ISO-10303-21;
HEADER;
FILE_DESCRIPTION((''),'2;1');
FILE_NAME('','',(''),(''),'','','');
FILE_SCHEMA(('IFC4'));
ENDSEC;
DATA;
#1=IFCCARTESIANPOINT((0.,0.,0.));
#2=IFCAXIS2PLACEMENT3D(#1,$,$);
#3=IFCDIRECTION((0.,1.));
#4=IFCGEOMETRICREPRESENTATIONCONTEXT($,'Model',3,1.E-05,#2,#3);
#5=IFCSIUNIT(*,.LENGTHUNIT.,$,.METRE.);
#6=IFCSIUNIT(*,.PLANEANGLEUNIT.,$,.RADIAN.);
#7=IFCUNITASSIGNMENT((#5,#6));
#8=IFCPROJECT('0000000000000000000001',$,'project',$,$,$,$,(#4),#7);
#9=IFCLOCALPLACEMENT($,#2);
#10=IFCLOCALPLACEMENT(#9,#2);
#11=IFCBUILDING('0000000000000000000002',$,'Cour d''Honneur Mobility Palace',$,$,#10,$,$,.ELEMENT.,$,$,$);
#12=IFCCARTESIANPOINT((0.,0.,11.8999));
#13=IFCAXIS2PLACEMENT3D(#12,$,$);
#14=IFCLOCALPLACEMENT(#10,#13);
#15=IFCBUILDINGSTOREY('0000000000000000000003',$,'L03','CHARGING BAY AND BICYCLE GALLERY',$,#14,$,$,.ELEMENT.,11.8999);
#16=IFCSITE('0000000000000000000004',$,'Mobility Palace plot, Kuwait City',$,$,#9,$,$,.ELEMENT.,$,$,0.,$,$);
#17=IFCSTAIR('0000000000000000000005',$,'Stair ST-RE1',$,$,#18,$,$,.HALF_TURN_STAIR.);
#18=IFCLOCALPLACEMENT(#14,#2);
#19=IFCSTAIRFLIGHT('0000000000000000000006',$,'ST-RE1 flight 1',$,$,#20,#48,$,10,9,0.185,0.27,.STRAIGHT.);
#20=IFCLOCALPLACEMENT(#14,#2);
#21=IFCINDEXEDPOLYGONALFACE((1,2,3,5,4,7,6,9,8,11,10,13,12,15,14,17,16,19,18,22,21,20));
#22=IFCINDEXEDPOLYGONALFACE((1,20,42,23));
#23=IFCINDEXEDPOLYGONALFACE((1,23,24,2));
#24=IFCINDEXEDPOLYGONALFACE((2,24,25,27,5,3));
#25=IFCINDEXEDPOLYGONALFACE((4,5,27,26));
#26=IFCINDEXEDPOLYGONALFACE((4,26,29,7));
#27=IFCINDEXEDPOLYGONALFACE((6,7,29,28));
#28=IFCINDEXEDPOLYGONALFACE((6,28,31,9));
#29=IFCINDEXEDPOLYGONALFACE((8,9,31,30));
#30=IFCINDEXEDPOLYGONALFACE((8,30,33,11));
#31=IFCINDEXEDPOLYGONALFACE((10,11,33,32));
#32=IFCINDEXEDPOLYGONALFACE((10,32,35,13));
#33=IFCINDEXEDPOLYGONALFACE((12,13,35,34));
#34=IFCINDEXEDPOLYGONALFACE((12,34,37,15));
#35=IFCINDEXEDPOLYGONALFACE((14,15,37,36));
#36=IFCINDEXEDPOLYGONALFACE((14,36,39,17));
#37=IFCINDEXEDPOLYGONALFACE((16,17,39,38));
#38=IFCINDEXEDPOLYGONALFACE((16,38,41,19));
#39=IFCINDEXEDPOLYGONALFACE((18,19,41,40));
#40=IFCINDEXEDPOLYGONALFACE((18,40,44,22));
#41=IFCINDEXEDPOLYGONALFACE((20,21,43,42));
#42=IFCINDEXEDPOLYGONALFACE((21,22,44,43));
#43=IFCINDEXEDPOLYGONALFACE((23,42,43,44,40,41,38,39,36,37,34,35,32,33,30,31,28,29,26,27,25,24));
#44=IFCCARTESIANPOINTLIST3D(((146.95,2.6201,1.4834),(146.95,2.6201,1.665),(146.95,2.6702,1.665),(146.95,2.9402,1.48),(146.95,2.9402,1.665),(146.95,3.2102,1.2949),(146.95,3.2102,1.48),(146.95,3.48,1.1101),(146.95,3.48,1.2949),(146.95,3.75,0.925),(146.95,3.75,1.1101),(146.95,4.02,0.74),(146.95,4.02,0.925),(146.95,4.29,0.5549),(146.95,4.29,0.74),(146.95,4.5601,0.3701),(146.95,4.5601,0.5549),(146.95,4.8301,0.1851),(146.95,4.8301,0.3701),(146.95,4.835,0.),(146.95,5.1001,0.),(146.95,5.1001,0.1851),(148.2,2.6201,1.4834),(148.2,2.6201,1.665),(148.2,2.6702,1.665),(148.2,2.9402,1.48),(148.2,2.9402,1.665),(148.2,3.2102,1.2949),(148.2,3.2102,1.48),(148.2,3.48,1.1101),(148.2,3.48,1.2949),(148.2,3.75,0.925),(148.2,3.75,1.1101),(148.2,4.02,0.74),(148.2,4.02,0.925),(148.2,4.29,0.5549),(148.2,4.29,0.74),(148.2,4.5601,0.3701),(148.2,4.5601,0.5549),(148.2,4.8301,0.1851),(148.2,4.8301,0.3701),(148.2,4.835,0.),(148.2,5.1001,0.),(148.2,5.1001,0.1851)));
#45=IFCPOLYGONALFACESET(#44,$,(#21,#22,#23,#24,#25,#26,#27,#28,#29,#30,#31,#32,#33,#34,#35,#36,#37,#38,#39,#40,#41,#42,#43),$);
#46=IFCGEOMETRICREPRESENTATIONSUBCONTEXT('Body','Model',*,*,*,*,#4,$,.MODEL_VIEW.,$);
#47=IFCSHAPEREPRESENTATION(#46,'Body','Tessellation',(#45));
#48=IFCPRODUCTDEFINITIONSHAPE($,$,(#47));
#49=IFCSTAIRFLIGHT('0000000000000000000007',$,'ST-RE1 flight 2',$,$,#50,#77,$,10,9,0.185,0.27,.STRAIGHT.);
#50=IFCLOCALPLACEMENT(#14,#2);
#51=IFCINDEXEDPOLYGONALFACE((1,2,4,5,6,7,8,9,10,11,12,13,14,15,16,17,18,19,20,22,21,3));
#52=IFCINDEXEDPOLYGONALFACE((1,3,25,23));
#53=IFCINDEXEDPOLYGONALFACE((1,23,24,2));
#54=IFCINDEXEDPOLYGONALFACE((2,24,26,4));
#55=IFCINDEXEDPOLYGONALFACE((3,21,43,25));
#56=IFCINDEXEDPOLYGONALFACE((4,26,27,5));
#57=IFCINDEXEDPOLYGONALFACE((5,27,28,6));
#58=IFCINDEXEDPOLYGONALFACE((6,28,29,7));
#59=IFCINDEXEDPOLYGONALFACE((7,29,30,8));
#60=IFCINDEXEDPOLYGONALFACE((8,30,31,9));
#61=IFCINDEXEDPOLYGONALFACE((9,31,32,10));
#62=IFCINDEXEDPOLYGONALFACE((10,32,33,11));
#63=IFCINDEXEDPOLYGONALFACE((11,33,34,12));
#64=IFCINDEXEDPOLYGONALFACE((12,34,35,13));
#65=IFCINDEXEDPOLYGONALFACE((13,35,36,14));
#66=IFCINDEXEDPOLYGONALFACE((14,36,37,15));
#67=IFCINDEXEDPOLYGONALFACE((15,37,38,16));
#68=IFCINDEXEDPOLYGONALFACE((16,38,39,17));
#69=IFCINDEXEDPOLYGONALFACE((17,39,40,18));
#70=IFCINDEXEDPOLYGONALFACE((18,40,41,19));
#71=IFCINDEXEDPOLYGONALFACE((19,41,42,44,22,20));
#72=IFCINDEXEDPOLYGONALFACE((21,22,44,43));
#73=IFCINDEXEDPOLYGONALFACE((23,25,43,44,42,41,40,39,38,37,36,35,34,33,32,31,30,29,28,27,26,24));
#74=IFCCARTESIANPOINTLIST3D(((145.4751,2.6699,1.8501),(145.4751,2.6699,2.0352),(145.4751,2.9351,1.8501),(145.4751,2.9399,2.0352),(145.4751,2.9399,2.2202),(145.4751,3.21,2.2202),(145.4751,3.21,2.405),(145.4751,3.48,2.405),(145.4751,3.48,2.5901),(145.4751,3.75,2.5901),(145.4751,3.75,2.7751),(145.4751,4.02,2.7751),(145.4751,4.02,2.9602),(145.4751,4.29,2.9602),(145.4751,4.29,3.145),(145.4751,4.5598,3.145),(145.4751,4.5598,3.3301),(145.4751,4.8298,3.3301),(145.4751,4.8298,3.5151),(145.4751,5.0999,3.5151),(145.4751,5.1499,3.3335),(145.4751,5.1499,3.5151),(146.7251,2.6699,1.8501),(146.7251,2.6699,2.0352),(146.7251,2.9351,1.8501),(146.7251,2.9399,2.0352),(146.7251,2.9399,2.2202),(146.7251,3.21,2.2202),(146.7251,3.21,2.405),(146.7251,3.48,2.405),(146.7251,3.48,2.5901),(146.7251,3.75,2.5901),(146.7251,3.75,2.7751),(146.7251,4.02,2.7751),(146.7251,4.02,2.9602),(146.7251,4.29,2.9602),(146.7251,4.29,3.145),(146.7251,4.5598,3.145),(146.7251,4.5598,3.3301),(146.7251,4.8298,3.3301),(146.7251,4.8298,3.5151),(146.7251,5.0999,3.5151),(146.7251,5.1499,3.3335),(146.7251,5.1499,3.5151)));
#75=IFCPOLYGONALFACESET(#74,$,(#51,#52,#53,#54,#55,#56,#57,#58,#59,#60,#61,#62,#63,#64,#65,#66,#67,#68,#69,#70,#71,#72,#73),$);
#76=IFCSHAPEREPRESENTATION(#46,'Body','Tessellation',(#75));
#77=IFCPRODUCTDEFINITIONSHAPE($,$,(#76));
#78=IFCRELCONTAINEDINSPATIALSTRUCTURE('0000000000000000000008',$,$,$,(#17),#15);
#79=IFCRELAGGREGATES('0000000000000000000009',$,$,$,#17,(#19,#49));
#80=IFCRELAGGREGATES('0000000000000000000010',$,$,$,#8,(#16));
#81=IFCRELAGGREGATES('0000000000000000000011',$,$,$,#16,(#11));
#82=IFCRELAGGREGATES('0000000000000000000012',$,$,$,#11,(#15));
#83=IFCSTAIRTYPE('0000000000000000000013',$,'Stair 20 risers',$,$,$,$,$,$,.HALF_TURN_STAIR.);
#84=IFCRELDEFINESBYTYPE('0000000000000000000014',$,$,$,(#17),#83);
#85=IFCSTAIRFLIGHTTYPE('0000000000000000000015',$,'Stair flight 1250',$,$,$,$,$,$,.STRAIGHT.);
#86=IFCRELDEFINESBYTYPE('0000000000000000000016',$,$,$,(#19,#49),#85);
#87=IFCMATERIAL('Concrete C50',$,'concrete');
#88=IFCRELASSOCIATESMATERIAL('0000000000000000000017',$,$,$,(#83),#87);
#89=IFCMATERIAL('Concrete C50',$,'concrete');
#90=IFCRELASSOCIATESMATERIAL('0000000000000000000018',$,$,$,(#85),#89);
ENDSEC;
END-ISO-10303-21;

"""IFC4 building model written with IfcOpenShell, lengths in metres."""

from ifc_helpers import new_model, si_unit, direction, frame, origin, place, context, subcontext, project, spatial, polyline, outline, extrude, material, type_object, element, aggregate, save


model = new_model("IFC4")

# Units and contexts
model_context = context("Model", 3, precision=1e-05, world=origin(), true_north=direction((0.0, 1.0)))
body_context = subcontext(model_context, "Body", "Model", "MODEL_VIEW")
ifc_project = project(units=[si_unit("LENGTHUNIT", "METRE"), si_unit("PLANEANGLEUNIT", "RADIAN")], contexts=[model_context])

# Site, building, storey
site_placement = place(None, origin())
site = spatial("IfcSite", under=ifc_project, at=site_placement, Name="Mobility Palace plot, Kuwait City", CompositionType="ELEMENT", RefElevation=0.0)
building_placement = place(site_placement, origin())
building = spatial("IfcBuilding", under=site, at=building_placement, Name="Cour d'Honneur Mobility Palace", CompositionType="ELEMENT")
storey_placement = place(building_placement, frame((0.0, 0.0, 11.8999)))
storey = spatial("IfcBuildingStorey", under=building, at=storey_placement, Name="L03", Description="CHARGING BAY AND BICYCLE GALLERY", CompositionType="ELEMENT", Elevation=11.8999)

# Stair, stair flights
ifc_material_1 = material(Name="Concrete C50", Category="concrete")
stair_type = type_object("IfcStairType", Name="Stair 20 risers", PredefinedType="HALF_TURN_STAIR", material=ifc_material_1)
stair_placement = place(storey_placement, origin())
stair = element("IfcStair", 1, at=stair_placement, inside=storey, type_object=stair_type, Name="Stair ST-RE1", PredefinedType="HALF_TURN_STAIR")
ifc_material_2 = material(Name="Concrete C50", Category="concrete")
stair_flight_type = type_object("IfcStairFlightType", Name="Stair flight 1250", PredefinedType="STRAIGHT", material=ifc_material_2)
stair_flight_1_placement = place(storey_placement, frame((147.575, 5.1001, 0.0), z_axis=(0.0, 0.0, 1.0), x_axis=(0.0, -1.0, 0.0)))
stair_flight_1 = element("IfcStairFlight", 2, at=stair_flight_1_placement, type_object=stair_flight_type, Name="ST-RE1 flight 1", NumberOfRisers=10, NumberOfTreads=9, PredefinedType="STRAIGHT", RiserHeight=0.185, TreadLength=0.27, context=body_context, shape_type="SweptSolid", body=[
    extrude(outline(polyline([(0.0, 0.0), (0.0, 0.1851), (0.27, 0.1851), (0.27, 0.3701), (0.54, 0.3701), (0.54, 0.5549), (0.8101, 0.5549), (0.8101, 0.74), (1.0801, 0.74), (1.0801, 0.925), (1.3501, 0.925), (1.3501, 1.1101), (1.6201, 1.1101), (1.6201, 1.2949), (1.8899, 1.2949), (1.8899, 1.48), (2.1599, 1.48), (2.1599, 1.665), (2.4299, 1.665), (2.48, 1.665), (2.48, 1.4834), (0.2651, 0.0), (0.0, 0.0)])), frame((0.0, 0.625, 0.0), z_axis=(0.0, -1.0, 0.0), x_axis=(1.0, 0.0, 0.0)), (0.0, 0.0, 1.0), 1.25),
])
stair_flight_2_placement = place(storey_placement, frame((146.1001, 2.6699, 1.8501), z_axis=(0.0, 0.0, 1.0), x_axis=(0.0, 1.0, 0.0)))
stair_flight_2 = element("IfcStairFlight", 3, at=stair_flight_2_placement, type_object=stair_flight_type, Name="ST-RE1 flight 2", NumberOfRisers=10, NumberOfTreads=9, PredefinedType="STRAIGHT", RiserHeight=0.185, TreadLength=0.27, context=body_context, shape_type="SweptSolid", body=[
    extrude(outline(polyline([(0.0, 0.0), (0.0, 0.1851), (0.27, 0.1851), (0.27, 0.3701), (0.54, 0.3701), (0.54, 0.5549), (0.8101, 0.5549), (0.8101, 0.74), (1.0801, 0.74), (1.0801, 0.925), (1.3501, 0.925), (1.3501, 1.1101), (1.6201, 1.1101), (1.6201, 1.2949), (1.8899, 1.2949), (1.8899, 1.48), (2.1599, 1.48), (2.1599, 1.665), (2.4299, 1.665), (2.48, 1.665), (2.48, 1.4834), (0.2651, 0.0), (0.0, 0.0)])), frame((0.0, 0.625, 0.0), z_axis=(0.0, -1.0, 0.0), x_axis=(1.0, 0.0, 0.0)), (0.0, 0.0, 1.0), 1.25),
])
aggregate(stair, [stair_flight_1, stair_flight_2])

save(model, "model.ifc")
